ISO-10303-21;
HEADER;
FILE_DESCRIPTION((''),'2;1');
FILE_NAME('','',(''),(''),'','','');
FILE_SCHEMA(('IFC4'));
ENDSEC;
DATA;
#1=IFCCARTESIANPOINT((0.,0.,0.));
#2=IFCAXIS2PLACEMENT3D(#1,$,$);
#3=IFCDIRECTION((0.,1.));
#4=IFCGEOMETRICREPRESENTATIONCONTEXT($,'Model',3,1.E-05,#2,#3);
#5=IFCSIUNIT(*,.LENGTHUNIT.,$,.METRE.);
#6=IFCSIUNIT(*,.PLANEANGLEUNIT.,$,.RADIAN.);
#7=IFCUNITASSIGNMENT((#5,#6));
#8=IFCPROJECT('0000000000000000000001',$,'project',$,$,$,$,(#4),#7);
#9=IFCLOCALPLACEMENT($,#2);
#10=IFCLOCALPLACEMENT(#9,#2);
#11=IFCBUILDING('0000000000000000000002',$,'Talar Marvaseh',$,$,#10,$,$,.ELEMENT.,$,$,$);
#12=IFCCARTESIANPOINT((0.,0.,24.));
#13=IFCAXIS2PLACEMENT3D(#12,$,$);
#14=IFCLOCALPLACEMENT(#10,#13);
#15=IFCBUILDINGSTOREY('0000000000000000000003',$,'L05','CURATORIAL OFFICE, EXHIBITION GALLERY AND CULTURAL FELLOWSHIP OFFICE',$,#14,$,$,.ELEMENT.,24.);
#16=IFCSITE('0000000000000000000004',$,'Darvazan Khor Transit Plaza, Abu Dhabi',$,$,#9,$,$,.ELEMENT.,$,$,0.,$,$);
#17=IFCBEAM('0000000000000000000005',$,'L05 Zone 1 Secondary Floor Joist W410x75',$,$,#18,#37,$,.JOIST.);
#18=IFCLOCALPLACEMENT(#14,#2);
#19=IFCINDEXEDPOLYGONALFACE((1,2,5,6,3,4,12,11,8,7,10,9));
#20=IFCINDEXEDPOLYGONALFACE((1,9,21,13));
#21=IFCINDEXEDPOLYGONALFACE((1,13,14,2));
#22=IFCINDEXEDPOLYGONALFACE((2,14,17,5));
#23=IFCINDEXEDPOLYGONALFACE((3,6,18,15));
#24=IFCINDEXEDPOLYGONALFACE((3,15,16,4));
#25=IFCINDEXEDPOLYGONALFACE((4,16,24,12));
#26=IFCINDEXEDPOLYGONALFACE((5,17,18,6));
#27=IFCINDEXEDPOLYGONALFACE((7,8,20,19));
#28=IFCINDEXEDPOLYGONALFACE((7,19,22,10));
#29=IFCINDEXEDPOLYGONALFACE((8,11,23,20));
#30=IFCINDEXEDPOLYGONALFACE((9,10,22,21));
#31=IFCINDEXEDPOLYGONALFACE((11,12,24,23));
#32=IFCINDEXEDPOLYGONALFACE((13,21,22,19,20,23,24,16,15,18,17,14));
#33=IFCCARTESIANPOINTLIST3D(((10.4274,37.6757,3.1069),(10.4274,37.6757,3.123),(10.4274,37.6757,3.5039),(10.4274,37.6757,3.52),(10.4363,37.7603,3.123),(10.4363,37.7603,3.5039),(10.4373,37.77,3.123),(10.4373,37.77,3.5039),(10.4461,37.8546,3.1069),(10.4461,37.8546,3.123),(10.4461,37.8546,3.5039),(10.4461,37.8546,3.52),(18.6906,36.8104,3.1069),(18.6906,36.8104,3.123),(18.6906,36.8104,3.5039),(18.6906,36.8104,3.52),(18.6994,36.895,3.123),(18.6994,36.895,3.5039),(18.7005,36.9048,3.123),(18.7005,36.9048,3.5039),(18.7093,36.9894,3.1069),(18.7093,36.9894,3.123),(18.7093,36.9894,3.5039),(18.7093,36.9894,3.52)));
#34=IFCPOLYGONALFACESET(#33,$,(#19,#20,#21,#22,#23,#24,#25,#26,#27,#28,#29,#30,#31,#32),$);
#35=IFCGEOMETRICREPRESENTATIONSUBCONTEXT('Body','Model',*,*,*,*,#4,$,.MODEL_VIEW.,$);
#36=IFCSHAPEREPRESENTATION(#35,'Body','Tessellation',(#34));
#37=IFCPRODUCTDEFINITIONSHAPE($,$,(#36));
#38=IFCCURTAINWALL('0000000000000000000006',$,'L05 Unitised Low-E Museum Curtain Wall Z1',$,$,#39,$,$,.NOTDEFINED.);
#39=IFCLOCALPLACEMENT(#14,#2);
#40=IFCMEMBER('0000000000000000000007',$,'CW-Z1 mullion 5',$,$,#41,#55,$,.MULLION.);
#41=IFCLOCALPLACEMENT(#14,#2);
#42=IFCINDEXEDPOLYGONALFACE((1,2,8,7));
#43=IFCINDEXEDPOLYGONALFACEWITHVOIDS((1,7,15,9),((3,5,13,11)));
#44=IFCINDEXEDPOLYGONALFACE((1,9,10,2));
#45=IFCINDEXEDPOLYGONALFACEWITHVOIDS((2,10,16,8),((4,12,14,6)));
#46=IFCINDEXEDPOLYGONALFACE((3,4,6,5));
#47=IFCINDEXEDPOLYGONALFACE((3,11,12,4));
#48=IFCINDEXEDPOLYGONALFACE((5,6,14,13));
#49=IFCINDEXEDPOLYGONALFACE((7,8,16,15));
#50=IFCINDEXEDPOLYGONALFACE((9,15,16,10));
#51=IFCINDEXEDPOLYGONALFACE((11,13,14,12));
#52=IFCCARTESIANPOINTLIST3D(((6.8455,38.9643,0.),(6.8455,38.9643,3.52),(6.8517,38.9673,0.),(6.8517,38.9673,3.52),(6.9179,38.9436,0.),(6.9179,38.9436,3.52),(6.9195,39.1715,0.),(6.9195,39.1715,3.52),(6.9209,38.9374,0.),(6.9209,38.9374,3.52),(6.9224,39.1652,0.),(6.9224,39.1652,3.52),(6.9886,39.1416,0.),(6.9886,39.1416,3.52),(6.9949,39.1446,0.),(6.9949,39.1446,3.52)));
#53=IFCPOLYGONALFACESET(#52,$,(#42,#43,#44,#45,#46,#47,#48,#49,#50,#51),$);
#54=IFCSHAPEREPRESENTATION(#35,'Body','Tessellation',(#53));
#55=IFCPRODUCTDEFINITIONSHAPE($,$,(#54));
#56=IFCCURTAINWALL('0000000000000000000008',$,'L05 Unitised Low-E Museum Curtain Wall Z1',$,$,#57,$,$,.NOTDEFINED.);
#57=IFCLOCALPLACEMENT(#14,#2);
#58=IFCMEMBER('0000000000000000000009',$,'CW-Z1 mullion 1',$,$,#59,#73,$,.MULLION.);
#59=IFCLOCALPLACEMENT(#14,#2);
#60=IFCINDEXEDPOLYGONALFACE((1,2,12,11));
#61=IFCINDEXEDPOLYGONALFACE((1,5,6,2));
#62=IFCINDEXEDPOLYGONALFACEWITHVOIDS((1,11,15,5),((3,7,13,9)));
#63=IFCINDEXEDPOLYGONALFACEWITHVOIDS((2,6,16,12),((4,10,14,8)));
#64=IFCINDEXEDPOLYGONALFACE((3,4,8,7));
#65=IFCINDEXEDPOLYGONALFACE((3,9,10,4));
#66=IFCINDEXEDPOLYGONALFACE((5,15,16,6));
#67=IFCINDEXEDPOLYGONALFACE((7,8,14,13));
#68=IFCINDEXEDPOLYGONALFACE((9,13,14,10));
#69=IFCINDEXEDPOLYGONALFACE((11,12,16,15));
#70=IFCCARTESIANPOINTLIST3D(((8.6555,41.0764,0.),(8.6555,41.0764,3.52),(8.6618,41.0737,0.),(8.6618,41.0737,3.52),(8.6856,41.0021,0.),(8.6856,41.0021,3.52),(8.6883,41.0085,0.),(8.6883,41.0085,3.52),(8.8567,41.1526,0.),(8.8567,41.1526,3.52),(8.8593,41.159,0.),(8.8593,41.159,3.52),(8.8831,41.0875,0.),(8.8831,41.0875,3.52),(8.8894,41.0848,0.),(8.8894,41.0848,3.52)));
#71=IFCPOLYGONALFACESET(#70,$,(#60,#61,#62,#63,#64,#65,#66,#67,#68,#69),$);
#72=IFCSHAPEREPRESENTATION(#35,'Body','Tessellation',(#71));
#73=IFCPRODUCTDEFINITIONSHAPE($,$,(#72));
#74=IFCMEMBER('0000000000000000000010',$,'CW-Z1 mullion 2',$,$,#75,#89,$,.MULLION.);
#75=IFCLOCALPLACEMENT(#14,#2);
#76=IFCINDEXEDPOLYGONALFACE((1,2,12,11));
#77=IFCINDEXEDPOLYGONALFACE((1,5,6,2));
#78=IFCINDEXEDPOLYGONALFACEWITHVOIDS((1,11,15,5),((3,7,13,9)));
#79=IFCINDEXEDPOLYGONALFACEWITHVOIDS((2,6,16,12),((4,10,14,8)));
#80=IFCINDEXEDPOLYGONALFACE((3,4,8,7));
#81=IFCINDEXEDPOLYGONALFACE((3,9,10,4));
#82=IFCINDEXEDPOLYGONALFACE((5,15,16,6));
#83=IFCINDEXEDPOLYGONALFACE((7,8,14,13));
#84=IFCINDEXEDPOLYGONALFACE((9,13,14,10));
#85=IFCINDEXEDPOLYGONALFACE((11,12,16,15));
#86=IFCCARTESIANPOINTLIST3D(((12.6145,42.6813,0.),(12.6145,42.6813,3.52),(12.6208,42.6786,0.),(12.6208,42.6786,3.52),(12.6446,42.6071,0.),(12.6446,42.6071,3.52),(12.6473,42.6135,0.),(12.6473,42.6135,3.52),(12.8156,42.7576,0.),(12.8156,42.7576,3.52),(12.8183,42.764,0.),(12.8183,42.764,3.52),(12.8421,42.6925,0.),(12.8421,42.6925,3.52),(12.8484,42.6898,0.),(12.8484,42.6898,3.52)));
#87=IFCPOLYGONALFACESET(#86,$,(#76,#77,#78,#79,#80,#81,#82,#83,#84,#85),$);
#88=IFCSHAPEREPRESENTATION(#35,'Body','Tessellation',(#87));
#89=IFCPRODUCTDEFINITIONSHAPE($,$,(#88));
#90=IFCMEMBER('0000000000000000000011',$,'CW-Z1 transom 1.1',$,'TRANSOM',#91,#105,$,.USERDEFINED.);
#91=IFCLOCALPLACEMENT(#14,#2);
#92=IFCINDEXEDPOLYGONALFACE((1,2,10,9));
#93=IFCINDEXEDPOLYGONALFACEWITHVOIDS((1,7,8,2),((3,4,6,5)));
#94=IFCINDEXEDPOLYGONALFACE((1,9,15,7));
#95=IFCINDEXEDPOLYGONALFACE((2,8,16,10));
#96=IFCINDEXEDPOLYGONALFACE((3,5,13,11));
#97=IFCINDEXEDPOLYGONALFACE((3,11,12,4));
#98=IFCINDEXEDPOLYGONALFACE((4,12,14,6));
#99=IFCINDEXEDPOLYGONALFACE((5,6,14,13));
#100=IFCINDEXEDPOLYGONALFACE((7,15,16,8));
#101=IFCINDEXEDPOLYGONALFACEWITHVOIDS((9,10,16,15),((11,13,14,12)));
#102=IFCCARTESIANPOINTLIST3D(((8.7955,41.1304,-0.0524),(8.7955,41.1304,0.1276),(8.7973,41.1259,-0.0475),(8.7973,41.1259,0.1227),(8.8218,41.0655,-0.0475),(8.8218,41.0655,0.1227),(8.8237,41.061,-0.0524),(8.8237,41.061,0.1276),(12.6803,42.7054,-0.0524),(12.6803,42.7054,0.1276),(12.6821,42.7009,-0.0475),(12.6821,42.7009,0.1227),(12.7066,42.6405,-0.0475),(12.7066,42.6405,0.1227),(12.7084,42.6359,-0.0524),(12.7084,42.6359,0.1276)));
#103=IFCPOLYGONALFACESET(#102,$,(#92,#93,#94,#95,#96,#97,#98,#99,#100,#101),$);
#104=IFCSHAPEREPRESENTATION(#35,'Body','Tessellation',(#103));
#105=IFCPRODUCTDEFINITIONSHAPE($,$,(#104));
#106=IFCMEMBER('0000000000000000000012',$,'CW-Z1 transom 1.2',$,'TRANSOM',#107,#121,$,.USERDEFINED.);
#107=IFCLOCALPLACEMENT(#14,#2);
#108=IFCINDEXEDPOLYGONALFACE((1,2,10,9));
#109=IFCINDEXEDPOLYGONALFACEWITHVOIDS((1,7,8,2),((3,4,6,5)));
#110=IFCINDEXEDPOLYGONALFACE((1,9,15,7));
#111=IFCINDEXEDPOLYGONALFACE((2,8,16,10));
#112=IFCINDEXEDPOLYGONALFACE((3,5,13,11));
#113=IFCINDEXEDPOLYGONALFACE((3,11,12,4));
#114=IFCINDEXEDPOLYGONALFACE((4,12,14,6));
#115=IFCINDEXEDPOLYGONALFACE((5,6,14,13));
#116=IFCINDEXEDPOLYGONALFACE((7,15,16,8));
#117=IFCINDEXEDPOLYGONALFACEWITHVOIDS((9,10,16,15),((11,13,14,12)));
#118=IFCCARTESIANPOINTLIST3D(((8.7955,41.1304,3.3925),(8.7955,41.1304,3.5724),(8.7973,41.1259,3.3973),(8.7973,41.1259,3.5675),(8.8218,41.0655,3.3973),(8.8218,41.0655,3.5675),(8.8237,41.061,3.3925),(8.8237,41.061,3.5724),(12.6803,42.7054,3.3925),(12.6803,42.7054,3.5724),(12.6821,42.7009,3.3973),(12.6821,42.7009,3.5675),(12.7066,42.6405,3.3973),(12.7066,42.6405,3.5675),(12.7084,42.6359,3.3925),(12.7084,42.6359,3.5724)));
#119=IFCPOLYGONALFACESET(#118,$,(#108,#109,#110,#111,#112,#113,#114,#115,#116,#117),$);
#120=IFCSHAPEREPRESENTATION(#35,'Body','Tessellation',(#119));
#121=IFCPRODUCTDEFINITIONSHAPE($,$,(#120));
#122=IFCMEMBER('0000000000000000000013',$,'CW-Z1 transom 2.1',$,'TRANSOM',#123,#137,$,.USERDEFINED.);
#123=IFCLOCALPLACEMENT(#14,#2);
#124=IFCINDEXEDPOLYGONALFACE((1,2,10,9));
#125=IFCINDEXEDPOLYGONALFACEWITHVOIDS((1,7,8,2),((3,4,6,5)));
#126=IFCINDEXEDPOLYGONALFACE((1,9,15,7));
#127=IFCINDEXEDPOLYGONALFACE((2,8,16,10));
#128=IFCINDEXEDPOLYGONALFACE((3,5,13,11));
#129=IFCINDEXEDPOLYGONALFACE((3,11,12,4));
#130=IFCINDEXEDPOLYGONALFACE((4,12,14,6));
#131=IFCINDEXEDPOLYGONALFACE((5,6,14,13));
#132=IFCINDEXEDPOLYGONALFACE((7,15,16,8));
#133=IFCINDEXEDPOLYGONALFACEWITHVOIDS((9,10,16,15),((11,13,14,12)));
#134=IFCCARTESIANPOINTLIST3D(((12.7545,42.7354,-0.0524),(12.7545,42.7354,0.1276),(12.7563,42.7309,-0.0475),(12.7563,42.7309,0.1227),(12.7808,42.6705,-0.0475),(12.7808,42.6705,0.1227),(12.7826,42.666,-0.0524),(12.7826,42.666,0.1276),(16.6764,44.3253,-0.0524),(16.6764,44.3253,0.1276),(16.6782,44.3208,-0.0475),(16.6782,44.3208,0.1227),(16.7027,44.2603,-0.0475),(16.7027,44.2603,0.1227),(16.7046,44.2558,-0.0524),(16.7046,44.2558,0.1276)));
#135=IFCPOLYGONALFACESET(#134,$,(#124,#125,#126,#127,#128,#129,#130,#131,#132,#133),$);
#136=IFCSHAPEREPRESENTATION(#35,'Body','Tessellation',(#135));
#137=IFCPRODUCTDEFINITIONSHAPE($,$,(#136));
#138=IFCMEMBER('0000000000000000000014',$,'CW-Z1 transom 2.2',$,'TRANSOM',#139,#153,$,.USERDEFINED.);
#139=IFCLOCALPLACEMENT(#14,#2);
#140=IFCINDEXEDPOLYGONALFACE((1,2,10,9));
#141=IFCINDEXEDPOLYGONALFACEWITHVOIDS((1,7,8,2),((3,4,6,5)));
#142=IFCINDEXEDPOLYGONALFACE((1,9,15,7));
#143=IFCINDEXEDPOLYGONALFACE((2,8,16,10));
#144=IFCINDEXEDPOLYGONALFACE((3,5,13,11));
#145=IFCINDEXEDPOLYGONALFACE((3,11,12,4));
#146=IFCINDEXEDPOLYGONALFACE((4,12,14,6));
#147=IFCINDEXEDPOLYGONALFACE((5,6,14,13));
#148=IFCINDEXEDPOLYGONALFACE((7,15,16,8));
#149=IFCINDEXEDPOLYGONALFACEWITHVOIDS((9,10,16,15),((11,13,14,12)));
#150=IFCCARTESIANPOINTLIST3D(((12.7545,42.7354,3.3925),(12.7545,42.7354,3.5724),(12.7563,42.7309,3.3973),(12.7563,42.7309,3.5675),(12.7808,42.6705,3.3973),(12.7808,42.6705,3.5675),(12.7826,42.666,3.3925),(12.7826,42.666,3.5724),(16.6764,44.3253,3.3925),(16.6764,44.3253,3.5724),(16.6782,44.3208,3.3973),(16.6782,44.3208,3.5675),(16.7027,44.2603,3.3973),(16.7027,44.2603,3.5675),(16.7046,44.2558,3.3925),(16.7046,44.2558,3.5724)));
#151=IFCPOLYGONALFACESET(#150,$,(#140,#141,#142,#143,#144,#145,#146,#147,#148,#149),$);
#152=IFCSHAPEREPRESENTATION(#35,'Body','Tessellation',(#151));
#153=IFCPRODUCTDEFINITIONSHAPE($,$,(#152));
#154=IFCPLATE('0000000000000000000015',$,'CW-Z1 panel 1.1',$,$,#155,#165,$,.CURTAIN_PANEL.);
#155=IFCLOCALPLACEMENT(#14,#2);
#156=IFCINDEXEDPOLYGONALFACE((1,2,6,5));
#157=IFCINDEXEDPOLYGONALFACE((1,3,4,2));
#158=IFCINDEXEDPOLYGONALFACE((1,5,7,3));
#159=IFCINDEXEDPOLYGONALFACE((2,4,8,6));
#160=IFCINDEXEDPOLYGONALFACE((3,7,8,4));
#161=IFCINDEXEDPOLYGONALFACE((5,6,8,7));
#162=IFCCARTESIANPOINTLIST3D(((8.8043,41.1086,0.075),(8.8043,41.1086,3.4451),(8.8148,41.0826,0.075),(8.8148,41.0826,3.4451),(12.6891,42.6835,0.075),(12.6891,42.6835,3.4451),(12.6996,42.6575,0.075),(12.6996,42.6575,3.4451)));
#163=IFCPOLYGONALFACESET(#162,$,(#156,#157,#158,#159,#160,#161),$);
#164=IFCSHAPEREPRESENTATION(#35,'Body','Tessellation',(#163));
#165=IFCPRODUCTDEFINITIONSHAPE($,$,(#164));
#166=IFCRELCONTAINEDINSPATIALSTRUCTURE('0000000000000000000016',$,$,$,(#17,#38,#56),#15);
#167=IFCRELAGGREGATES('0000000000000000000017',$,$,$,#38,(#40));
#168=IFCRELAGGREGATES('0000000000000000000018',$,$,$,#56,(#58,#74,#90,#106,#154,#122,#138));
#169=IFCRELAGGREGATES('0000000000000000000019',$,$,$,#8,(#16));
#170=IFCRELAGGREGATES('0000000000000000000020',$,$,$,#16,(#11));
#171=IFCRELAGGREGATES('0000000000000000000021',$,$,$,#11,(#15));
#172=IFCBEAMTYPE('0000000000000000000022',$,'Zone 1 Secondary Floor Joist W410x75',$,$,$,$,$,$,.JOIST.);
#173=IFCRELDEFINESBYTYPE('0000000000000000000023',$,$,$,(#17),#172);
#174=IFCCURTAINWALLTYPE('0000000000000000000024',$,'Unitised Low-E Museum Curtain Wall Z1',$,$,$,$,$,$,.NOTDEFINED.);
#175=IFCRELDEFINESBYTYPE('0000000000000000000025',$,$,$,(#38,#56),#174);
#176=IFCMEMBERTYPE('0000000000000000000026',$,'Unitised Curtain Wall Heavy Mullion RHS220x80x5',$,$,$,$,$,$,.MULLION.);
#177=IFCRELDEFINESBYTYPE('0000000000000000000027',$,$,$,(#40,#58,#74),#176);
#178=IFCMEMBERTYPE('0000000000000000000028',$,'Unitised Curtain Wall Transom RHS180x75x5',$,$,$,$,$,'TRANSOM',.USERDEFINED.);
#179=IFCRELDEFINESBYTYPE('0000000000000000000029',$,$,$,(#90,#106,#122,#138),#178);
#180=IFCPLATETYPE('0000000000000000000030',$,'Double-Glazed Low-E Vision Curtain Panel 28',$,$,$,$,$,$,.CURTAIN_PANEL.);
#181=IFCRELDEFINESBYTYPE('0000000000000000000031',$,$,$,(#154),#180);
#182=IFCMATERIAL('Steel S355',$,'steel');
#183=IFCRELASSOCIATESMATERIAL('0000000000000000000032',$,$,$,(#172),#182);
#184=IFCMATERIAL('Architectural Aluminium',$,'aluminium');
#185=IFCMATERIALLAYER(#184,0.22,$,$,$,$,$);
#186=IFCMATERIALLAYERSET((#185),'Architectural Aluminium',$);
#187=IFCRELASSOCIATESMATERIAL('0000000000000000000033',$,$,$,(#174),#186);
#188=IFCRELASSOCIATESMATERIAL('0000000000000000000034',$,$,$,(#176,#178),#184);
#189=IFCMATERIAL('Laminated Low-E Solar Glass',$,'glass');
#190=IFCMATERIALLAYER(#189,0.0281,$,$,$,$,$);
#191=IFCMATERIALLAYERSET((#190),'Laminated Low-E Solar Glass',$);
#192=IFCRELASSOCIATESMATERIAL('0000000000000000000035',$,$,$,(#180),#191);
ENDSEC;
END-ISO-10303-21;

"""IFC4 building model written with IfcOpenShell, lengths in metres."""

from ifc_helpers import new_model, si_unit, direction, frame, origin, origin_2d, place, context, subcontext, project, spatial, rectangle, hollow_rectangle, i_section, extrude, source, transform, mapped, material, layer, layer_set, material_profile, profile_set, type_object, type_shapes, element, aggregate, save


model = new_model("IFC4")

# Units and contexts
model_context = context("Model", 3, precision=1e-05, world=origin(), true_north=direction((0.0, 1.0)))
body_context = subcontext(model_context, "Body", "Model", "MODEL_VIEW")
ifc_project = project(units=[si_unit("LENGTHUNIT", "METRE"), si_unit("PLANEANGLEUNIT", "RADIAN")], contexts=[model_context])

# Site, building, storey
site_placement = place(None, origin())
site = spatial("IfcSite", under=ifc_project, at=site_placement, Name="Darvazan Khor Transit Plaza, Abu Dhabi", CompositionType="ELEMENT", RefElevation=0.0)
building_placement = place(site_placement, origin())
building = spatial("IfcBuilding", under=site, at=building_placement, Name="Talar Marvaseh", CompositionType="ELEMENT")
storey_placement = place(building_placement, frame((0.0, 0.0, 24.0)))
storey = spatial("IfcBuildingStorey", under=building, at=storey_placement, Name="L05", Description="CURATORIAL OFFICE, EXHIBITION GALLERY AND CULTURAL FELLOWSHIP OFFICE", CompositionType="ELEMENT", Elevation=24.0)

# Beam
ifc_material_1 = material(Name="Steel S355", Category="steel")
ifc_material_profile_1 = material_profile(ifc_material_1, i_section(OverallWidth=0.1799, OverallDepth=0.4131, WebThickness=0.0098, FlangeThickness=0.0161, at=origin_2d()), Name="W410x75")
ifc_profile_set_1 = profile_set([ifc_material_profile_1], Name="Steel S355")
beam_type = type_object("IfcBeamType", Name="Zone 1 Secondary Floor Joist W410x75", PredefinedType="JOIST", material=ifc_profile_set_1)
beam_placement = place(storey_placement, frame((10.4368, 37.7651, 3.3135), z_axis=(0.994563, -0.10414, 0.0), x_axis=(0.10414, 0.994563, 0.0)))
element("IfcBeam", 1, at=beam_placement, inside=storey, type_object=beam_type, Name="L05 Zone 1 Secondary Floor Joist W410x75", PredefinedType="JOIST", context=body_context, shape_type="SweptSolid", body=[
    extrude(i_section(OverallWidth=0.1799, OverallDepth=0.4131, WebThickness=0.0098, FlangeThickness=0.0161, at=origin_2d()), origin(), (0.0, 0.0, 1.0), 8.3083),
])

# Curtain wall, member
ifc_material_2 = material(Name="Architectural Aluminium", Category="aluminium")
ifc_layer_1 = layer(ifc_material_2, 0.22)
ifc_layer_set_1 = layer_set([ifc_layer_1], Name="Architectural Aluminium")
curtain_wall_type = type_object("IfcCurtainWallType", Name="Unitised Low-E Museum Curtain Wall Z1", PredefinedType="NOTDEFINED", material=ifc_layer_set_1)
curtain_wall_1_placement = place(storey_placement, origin())
curtain_wall_1 = element("IfcCurtainWall", 2, at=curtain_wall_1_placement, inside=storey, type_object=curtain_wall_type, Name="L05 Unitised Low-E Museum Curtain Wall Z1", PredefinedType="NOTDEFINED")
ifc_material_profile_2 = material_profile(ifc_material_2, hollow_rectangle(XDim=0.0801, YDim=0.22, WallThickness=0.0049, at=origin_2d()), Name="RHS220x80x5")
ifc_profile_set_2 = profile_set([ifc_material_profile_2], Name="Architectural Aluminium")
member_type_1 = type_object("IfcMemberType", Name="Unitised Curtain Wall Heavy Mullion RHS220x80x5", PredefinedType="MULLION", material=ifc_profile_set_2)
shared_shape_1 = source(origin(), body_context, "Body", "SweptSolid", [
    extrude(hollow_rectangle(XDim=0.0801, YDim=0.22, WallThickness=0.0049, at=origin_2d()), origin(), (0.0, 0.0, 1.0), 3.52),
])
type_shapes(member_type_1, [shared_shape_1])
member_1_placement = place(storey_placement, frame((6.9202, 39.0544, 0.0), z_axis=(0.0, 0.0, 1.0), x_axis=(-0.941742, 0.336336, 0.0)))
member_1 = element("IfcMember", 3, at=member_1_placement, type_object=member_type_1, Name="CW-Z1 mullion 5", PredefinedType="MULLION", context=body_context, shape_type="MappedRepresentation", body=[
    mapped(shared_shape_1, transform((0.0, 0.0, 0.0), x_axis=(1.0, 0.0, 0.0), y_axis=(0.0, 1.0, 0.0), z_axis=(0.0, 0.0, 1.0), scale=1.0)),
])
aggregate(curtain_wall_1, [member_1])

# Curtain wall, members, plate
curtain_wall_2_placement = place(storey_placement, origin())
curtain_wall_2 = element("IfcCurtainWall", 4, at=curtain_wall_2_placement, inside=storey, type_object=curtain_wall_type, Name="L05 Unitised Low-E Museum Curtain Wall Z1", PredefinedType="NOTDEFINED")
member_2_placement = place(storey_placement, frame((8.7725, 41.0806, 0.0), z_axis=(0.0, 0.0, 1.0), x_axis=(-0.375705, 0.926739, 0.0)))
member_2 = element("IfcMember", 5, at=member_2_placement, type_object=member_type_1, Name="CW-Z1 mullion 1", PredefinedType="MULLION", context=body_context, shape_type="MappedRepresentation", body=[
    mapped(shared_shape_1, transform((0.0, 0.0, 0.0), x_axis=(1.0, 0.0, 0.0), y_axis=(0.0, 1.0, 0.0), z_axis=(0.0, 0.0, 1.0), scale=1.0)),
])
member_3_placement = place(storey_placement, frame((12.7314, 42.6855, 0.0), z_axis=(0.0, 0.0, 1.0), x_axis=(-0.375705, 0.926739, 0.0)))
member_3 = element("IfcMember", 6, at=member_3_placement, type_object=member_type_1, Name="CW-Z1 mullion 2", PredefinedType="MULLION", context=body_context, shape_type="MappedRepresentation", body=[
    mapped(shared_shape_1, transform((0.0, 0.0, 0.0), x_axis=(1.0, 0.0, 0.0), y_axis=(0.0, 1.0, 0.0), z_axis=(0.0, 0.0, 1.0), scale=1.0)),
])
ifc_material_profile_3 = material_profile(ifc_material_2, hollow_rectangle(XDim=0.075, YDim=0.1799, WallThickness=0.0049, at=origin_2d()), Name="RHS180x75x5")
ifc_profile_set_3 = profile_set([ifc_material_profile_3], Name="Architectural Aluminium")
member_type_2 = type_object("IfcMemberType", Name="Unitised Curtain Wall Transom RHS180x75x5", ElementType="TRANSOM", PredefinedType="USERDEFINED", material=ifc_profile_set_3)
shared_shape_2 = source(origin(), body_context, "Body", "SweptSolid", [
    extrude(hollow_rectangle(XDim=0.075, YDim=0.1799, WallThickness=0.0049, at=origin_2d()), origin(), (0.0, 0.0, 1.0), 4.1919),
])
member_4_placement = place(storey_placement, frame((8.8096, 41.0957, 0.0376), z_axis=(0.926735, 0.375715, 0.0), x_axis=(-0.375715, 0.926735, 0.0)))
member_4 = element("IfcMember", 7, at=member_4_placement, type_object=member_type_2, Name="CW-Z1 transom 1.1", ObjectType="TRANSOM", PredefinedType="USERDEFINED", context=body_context, shape_type="MappedRepresentation", body=[
    mapped(shared_shape_2, transform((0.0, 0.0, 0.0), x_axis=(1.0, 0.0, 0.0), y_axis=(0.0, 1.0, 0.0), z_axis=(0.0, 0.0, 1.0), scale=1.0)),
])
member_5_placement = place(storey_placement, frame((8.8096, 41.0957, 3.4824), z_axis=(0.926735, 0.375715, 0.0), x_axis=(-0.375715, 0.926735, 0.0)))
member_5 = element("IfcMember", 8, at=member_5_placement, type_object=member_type_2, Name="CW-Z1 transom 1.2", ObjectType="TRANSOM", PredefinedType="USERDEFINED", context=body_context, shape_type="MappedRepresentation", body=[
    mapped(shared_shape_2, transform((0.0, 0.0, 0.0), x_axis=(1.0, 0.0, 0.0), y_axis=(0.0, 1.0, 0.0), z_axis=(0.0, 0.0, 1.0), scale=1.0)),
])
shared_shape_3 = source(origin(), body_context, "Body", "SweptSolid", [
    extrude(hollow_rectangle(XDim=0.075, YDim=0.1799, WallThickness=0.0049, at=origin_2d()), origin(), (0.0, 0.0, 1.0), 4.2319),
])
type_shapes(member_type_2, [shared_shape_2, shared_shape_3])
member_6_placement = place(storey_placement, frame((12.7686, 42.7007, 0.0376), z_axis=(0.926748, 0.375684, 0.0), x_axis=(-0.375684, 0.926748, 0.0)))
member_6 = element("IfcMember", 9, at=member_6_placement, type_object=member_type_2, Name="CW-Z1 transom 2.1", ObjectType="TRANSOM", PredefinedType="USERDEFINED", context=body_context, shape_type="MappedRepresentation", body=[
    mapped(shared_shape_3, transform((0.0, 0.0, 0.0), x_axis=(1.0, 0.0, 0.0), y_axis=(0.0, 1.0, 0.0), z_axis=(0.0, 0.0, 1.0), scale=1.0)),
])
member_7_placement = place(storey_placement, frame((12.7686, 42.7007, 3.4824), z_axis=(0.926748, 0.375684, 0.0), x_axis=(-0.375684, 0.926748, 0.0)))
member_7 = element("IfcMember", 10, at=member_7_placement, type_object=member_type_2, Name="CW-Z1 transom 2.2", ObjectType="TRANSOM", PredefinedType="USERDEFINED", context=body_context, shape_type="MappedRepresentation", body=[
    mapped(shared_shape_3, transform((0.0, 0.0, 0.0), x_axis=(1.0, 0.0, 0.0), y_axis=(0.0, 1.0, 0.0), z_axis=(0.0, 0.0, 1.0), scale=1.0)),
])
ifc_material_3 = material(Name="Laminated Low-E Solar Glass", Category="glass")
ifc_layer_2 = layer(ifc_material_3, 0.0281)
ifc_layer_set_2 = layer_set([ifc_layer_2], Name="Laminated Low-E Solar Glass")
plate_type = type_object("IfcPlateType", Name="Double-Glazed Low-E Vision Curtain Panel 28", PredefinedType="CURTAIN_PANEL", material=ifc_layer_set_2)
shared_shape_4 = source(origin(), body_context, "Body", "SweptSolid", [
    extrude(rectangle(XDim=4.1919, YDim=0.0281, at=origin_2d()), origin(), (0.0, 0.0, 1.0), 3.3701),
])
type_shapes(plate_type, [shared_shape_4])
plate_placement = place(storey_placement, frame((10.752, 41.8831, 0.075), z_axis=(0.0, 0.0, 1.0), x_axis=(0.926739, 0.375705, 0.0)))
plate = element("IfcPlate", 11, at=plate_placement, type_object=plate_type, Name="CW-Z1 panel 1.1", PredefinedType="CURTAIN_PANEL", context=body_context, shape_type="MappedRepresentation", body=[
    mapped(shared_shape_4, transform((0.0, 0.0, 0.0), x_axis=(1.0, 0.0, 0.0), y_axis=(0.0, 1.0, 0.0), z_axis=(0.0, 0.0, 1.0), scale=1.0)),
])
aggregate(curtain_wall_2, [member_2, member_3, member_4, member_5, plate, member_6, member_7])

save(model, "model.ifc")
